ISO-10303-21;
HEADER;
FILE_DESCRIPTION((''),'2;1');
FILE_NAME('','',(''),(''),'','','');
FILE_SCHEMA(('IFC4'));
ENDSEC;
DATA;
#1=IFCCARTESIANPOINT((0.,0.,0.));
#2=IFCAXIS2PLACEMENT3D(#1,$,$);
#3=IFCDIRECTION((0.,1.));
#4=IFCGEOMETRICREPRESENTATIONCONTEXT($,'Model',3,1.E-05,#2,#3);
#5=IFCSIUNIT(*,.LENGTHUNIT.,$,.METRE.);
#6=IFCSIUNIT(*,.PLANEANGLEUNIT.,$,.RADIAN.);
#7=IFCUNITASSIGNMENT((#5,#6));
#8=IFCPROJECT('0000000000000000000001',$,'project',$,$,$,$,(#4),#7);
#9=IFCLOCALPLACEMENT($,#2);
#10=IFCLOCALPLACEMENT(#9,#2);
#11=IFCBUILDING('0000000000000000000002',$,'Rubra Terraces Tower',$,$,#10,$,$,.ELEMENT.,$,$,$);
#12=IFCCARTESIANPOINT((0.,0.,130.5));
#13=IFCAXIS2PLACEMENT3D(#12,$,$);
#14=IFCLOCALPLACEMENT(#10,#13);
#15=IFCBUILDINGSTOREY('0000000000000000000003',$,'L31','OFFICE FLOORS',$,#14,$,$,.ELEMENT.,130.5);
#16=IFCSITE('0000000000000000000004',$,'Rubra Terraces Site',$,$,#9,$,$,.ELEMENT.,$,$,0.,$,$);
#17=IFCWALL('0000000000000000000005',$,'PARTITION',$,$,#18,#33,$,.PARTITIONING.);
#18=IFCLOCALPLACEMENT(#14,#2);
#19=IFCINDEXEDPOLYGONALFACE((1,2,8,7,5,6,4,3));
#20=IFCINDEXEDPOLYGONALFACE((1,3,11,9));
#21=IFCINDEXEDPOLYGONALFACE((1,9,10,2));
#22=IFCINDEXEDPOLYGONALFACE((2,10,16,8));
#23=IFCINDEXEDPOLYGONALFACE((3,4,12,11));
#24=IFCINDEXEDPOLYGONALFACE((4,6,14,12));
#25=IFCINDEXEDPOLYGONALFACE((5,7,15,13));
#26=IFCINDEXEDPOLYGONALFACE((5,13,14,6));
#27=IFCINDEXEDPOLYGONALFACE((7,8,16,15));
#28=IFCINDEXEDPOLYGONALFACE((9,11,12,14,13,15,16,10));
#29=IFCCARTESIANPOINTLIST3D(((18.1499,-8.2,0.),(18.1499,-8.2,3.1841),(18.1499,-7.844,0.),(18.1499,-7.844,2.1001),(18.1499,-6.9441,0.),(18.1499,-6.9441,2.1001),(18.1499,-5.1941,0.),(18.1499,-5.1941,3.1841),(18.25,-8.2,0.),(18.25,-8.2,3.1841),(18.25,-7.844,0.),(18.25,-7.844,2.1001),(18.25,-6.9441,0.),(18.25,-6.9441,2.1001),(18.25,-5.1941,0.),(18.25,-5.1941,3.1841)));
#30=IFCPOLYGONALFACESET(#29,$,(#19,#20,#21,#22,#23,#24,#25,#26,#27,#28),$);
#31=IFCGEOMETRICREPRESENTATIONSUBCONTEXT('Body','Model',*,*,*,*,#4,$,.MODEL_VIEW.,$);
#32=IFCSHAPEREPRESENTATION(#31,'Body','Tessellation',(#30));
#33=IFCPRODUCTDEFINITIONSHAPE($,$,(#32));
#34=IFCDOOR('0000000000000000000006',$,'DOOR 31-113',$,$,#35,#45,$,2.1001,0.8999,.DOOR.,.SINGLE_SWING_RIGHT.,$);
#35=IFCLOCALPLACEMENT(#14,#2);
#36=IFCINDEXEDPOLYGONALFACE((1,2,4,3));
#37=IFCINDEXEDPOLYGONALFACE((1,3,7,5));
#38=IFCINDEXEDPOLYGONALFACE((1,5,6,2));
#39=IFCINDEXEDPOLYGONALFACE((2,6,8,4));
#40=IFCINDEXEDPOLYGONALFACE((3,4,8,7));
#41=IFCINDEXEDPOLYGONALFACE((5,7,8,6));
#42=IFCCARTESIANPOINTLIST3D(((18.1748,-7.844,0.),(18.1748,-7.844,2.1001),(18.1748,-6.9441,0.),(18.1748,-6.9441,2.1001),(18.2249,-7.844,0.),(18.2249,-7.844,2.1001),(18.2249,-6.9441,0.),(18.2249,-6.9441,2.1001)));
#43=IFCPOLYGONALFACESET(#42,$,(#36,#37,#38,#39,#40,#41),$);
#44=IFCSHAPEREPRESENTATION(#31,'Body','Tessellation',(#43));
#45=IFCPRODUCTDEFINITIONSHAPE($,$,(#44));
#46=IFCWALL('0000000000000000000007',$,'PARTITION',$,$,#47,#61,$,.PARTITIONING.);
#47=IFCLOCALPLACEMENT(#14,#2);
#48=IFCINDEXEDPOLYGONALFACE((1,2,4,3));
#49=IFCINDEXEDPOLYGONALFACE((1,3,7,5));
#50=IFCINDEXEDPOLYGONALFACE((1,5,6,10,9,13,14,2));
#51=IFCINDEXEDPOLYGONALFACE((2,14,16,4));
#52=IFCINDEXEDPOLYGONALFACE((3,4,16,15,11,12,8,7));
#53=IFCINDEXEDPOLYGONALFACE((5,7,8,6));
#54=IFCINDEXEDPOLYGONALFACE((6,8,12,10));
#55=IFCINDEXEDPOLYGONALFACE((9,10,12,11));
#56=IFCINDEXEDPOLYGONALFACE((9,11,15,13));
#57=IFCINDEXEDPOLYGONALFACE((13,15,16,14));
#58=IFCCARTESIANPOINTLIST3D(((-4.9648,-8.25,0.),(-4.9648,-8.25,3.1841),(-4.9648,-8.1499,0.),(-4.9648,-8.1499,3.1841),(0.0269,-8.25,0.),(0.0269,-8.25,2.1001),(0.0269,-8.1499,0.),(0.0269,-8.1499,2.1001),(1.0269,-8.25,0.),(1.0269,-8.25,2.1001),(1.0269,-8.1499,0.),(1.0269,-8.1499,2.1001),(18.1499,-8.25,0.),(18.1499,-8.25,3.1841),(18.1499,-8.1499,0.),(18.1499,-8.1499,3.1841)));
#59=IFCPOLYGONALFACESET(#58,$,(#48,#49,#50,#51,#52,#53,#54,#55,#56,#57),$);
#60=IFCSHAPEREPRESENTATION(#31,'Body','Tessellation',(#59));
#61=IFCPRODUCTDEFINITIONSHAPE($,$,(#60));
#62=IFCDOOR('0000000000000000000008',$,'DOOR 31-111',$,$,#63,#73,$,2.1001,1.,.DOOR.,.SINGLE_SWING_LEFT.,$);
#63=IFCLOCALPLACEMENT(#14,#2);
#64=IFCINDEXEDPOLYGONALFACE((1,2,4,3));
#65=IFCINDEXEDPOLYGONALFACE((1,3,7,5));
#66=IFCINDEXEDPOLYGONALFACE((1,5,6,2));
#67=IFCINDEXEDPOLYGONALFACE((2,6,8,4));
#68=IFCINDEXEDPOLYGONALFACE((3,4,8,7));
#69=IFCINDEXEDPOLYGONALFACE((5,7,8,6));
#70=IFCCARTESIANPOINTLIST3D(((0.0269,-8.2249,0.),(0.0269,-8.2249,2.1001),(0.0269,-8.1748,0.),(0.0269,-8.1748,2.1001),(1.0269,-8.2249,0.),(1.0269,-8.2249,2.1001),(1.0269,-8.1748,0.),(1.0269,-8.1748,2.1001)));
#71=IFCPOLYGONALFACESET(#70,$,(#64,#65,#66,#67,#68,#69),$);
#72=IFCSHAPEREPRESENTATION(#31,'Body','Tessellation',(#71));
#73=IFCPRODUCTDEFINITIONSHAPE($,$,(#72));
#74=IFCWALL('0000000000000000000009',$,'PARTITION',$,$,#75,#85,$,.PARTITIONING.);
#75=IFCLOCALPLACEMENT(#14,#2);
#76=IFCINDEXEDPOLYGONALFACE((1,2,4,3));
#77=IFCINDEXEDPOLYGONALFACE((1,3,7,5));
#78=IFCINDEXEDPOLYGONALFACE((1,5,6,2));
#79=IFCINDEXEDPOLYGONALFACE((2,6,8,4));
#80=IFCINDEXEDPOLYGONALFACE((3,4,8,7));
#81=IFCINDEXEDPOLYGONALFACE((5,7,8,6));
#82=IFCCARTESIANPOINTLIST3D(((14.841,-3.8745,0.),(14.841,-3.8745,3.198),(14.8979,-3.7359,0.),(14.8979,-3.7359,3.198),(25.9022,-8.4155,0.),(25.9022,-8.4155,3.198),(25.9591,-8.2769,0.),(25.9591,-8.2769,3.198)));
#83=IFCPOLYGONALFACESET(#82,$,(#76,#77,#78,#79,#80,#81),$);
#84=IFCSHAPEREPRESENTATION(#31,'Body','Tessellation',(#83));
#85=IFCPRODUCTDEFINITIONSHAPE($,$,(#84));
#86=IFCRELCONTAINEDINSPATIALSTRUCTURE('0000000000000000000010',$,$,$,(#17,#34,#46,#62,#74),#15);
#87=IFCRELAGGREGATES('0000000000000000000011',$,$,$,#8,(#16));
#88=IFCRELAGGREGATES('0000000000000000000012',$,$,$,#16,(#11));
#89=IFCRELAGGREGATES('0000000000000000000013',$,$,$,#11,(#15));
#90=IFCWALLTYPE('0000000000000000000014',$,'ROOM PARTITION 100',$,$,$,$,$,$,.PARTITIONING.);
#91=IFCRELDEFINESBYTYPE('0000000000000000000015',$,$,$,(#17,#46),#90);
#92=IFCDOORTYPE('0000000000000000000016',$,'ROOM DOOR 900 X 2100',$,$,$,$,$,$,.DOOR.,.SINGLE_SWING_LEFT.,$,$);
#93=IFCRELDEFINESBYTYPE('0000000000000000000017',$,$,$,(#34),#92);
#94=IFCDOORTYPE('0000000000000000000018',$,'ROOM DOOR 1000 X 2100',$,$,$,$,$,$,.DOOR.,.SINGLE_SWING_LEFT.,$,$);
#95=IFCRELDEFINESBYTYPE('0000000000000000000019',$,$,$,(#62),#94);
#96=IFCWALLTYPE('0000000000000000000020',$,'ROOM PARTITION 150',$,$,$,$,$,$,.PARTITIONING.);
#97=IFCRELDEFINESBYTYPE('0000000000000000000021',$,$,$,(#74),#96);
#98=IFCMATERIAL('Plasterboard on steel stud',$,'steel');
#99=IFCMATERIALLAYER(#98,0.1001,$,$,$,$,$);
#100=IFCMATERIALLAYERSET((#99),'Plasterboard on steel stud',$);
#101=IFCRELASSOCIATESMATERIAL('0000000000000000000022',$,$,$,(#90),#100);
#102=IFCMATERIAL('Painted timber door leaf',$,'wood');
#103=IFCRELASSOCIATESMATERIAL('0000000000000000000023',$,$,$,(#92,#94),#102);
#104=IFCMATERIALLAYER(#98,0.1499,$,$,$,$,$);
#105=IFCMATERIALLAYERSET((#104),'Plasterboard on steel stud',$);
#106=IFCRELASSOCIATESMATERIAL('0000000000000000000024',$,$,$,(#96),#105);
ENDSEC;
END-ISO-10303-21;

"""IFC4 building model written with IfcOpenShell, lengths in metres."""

from ifc_helpers import new_model, si_unit, direction, frame, frame_2d, origin, place, context, subcontext, project, spatial, rectangle, extrude, material, layer, layer_set, type_object, element, fill, save


model = new_model("IFC4")

# Units and contexts
model_context = context("Model", 3, precision=1e-05, world=origin(), true_north=direction((0.0, 1.0)))
body_context = subcontext(model_context, "Body", "Model", "MODEL_VIEW")
ifc_project = project(units=[si_unit("LENGTHUNIT", "METRE"), si_unit("PLANEANGLEUNIT", "RADIAN")], contexts=[model_context])

# Site, building, storey
site_placement = place(None, origin())
site = spatial("IfcSite", under=ifc_project, at=site_placement, Name="Rubra Terraces Site", CompositionType="ELEMENT", RefElevation=0.0)
building_placement = place(site_placement, origin())
building = spatial("IfcBuilding", under=site, at=building_placement, Name="Rubra Terraces Tower", CompositionType="ELEMENT")
storey_placement = place(building_placement, frame((0.0, 0.0, 130.5)))
storey = spatial("IfcBuildingStorey", under=building, at=storey_placement, Name="L31", Description="OFFICE FLOORS", CompositionType="ELEMENT", Elevation=130.5)

# Walls, openings, doors
ifc_material_1 = material(Name="Plasterboard on steel stud", Category="steel")
ifc_layer_1 = layer(ifc_material_1, 0.1001)
ifc_layer_set_1 = layer_set([ifc_layer_1], Name="Plasterboard on steel stud")
wall_type_1 = type_object("IfcWallType", Name="ROOM PARTITION 100", PredefinedType="PARTITIONING", material=ifc_layer_set_1)
wall_1_placement = place(storey_placement, frame((18.2, -5.1941, 0.0), z_axis=(0.0, 0.0, 1.0), x_axis=(0.0, -1.0, 0.0)))
wall_1 = element("IfcWall", 1, at=wall_1_placement, inside=storey, type_object=wall_type_1, Name="PARTITION", PredefinedType="PARTITIONING", context=body_context, shape_type="SweptSolid", body=[
    extrude(rectangle(XDim=3.0059, YDim=0.1001, at=frame_2d((1.5029, 0.0))), origin(), (0.0, 0.0, 1.0), 3.1841),
])
opening_1_placement = place(wall_1_placement, frame((1.75, 0.0, 0.0)))
opening_1 = element("IfcOpeningElement", 2, at=opening_1_placement, cuts=wall_1, PredefinedType="OPENING", context=body_context, shape_type="SweptSolid", body=[
    extrude(rectangle(XDim=0.8999, YDim=2.1001, at=frame_2d((0.45, 1.05))), frame((0.0, 0.0601, 0.0), z_axis=(0.0, -1.0, 0.0), x_axis=(1.0, 0.0, 0.0)), (0.0, 0.0, 1.0), 0.1201),
])
ifc_material_2 = material(Name="Painted timber door leaf", Category="wood")
door_type_1 = type_object("IfcDoorType", Name="ROOM DOOR 900 X 2100", OperationType="SINGLE_SWING_LEFT", PredefinedType="DOOR", material=ifc_material_2)
door_1_placement = place(opening_1_placement, origin())
door_1 = element("IfcDoor", 3, at=door_1_placement, inside=storey, type_object=door_type_1, Name="DOOR 31-113", OperationType="SINGLE_SWING_RIGHT", OverallHeight=2.1001, OverallWidth=0.8999, PredefinedType="DOOR", context=body_context, shape_type="SweptSolid", body=[
    extrude(rectangle(XDim=0.8999, YDim=2.1001, at=frame_2d((0.45, 1.05))), frame((0.0, 0.0249, 0.0), z_axis=(0.0, -1.0, 0.0), x_axis=(1.0, 0.0, 0.0)), (0.0, 0.0, 1.0), 0.05),
])
fill(opening_1, door_1)
wall_2_placement = place(storey_placement, frame((18.1499, -8.2, 0.0), z_axis=(0.0, 0.0, 1.0), x_axis=(-1.0, 0.0, 0.0)))
wall_2 = element("IfcWall", 4, at=wall_2_placement, inside=storey, type_object=wall_type_1, Name="PARTITION", PredefinedType="PARTITIONING", context=body_context, shape_type="SweptSolid", body=[
    extrude(rectangle(XDim=23.1147, YDim=0.1001, at=frame_2d((11.5574, 0.0))), origin(), (0.0, 0.0, 1.0), 3.1841),
])
opening_2_placement = place(wall_2_placement, frame((17.123, 0.0, 0.0)))
opening_2 = element("IfcOpeningElement", 5, at=opening_2_placement, cuts=wall_2, PredefinedType="OPENING", context=body_context, shape_type="SweptSolid", body=[
    extrude(rectangle(XDim=1.0, YDim=2.1001, at=frame_2d((0.5, 1.05))), frame((0.0, 0.0601, 0.0), z_axis=(0.0, -1.0, 0.0), x_axis=(1.0, 0.0, 0.0)), (0.0, 0.0, 1.0), 0.1201),
])
door_type_2 = type_object("IfcDoorType", Name="ROOM DOOR 1000 X 2100", OperationType="SINGLE_SWING_LEFT", PredefinedType="DOOR", material=ifc_material_2)
door_2_placement = place(opening_2_placement, origin())
door_2 = element("IfcDoor", 6, at=door_2_placement, inside=storey, type_object=door_type_2, Name="DOOR 31-111", OperationType="SINGLE_SWING_LEFT", OverallHeight=2.1001, OverallWidth=1.0, PredefinedType="DOOR", context=body_context, shape_type="SweptSolid", body=[
    extrude(rectangle(XDim=1.0, YDim=2.1001, at=frame_2d((0.5, 1.05))), frame((0.0, 0.0249, 0.0), z_axis=(0.0, -1.0, 0.0), x_axis=(1.0, 0.0, 0.0)), (0.0, 0.0, 1.0), 0.05),
])
fill(opening_2, door_2)

# Wall
ifc_layer_2 = layer(ifc_material_1, 0.1499)
ifc_layer_set_2 = layer_set([ifc_layer_2], Name="Plasterboard on steel stud")
wall_type_2 = type_object("IfcWallType", Name="ROOM PARTITION 150", PredefinedType="PARTITIONING", material=ifc_layer_set_2)
wall_3_placement = place(storey_placement, frame((25.9307, -8.3462, 0.0), z_axis=(0.0, 0.0, 1.0), x_axis=(-0.925079, 0.379775, 0.0)))
element("IfcWall", 7, at=wall_3_placement, inside=storey, type_object=wall_type_2, Name="PARTITION", PredefinedType="PARTITIONING", context=body_context, shape_type="SweptSolid", body=[
    extrude(rectangle(XDim=11.957, YDim=0.1499, at=frame_2d((5.9785, 0.0))), origin(), (0.0, 0.0, 1.0), 3.198),
])

save(model, "model.ifc")
